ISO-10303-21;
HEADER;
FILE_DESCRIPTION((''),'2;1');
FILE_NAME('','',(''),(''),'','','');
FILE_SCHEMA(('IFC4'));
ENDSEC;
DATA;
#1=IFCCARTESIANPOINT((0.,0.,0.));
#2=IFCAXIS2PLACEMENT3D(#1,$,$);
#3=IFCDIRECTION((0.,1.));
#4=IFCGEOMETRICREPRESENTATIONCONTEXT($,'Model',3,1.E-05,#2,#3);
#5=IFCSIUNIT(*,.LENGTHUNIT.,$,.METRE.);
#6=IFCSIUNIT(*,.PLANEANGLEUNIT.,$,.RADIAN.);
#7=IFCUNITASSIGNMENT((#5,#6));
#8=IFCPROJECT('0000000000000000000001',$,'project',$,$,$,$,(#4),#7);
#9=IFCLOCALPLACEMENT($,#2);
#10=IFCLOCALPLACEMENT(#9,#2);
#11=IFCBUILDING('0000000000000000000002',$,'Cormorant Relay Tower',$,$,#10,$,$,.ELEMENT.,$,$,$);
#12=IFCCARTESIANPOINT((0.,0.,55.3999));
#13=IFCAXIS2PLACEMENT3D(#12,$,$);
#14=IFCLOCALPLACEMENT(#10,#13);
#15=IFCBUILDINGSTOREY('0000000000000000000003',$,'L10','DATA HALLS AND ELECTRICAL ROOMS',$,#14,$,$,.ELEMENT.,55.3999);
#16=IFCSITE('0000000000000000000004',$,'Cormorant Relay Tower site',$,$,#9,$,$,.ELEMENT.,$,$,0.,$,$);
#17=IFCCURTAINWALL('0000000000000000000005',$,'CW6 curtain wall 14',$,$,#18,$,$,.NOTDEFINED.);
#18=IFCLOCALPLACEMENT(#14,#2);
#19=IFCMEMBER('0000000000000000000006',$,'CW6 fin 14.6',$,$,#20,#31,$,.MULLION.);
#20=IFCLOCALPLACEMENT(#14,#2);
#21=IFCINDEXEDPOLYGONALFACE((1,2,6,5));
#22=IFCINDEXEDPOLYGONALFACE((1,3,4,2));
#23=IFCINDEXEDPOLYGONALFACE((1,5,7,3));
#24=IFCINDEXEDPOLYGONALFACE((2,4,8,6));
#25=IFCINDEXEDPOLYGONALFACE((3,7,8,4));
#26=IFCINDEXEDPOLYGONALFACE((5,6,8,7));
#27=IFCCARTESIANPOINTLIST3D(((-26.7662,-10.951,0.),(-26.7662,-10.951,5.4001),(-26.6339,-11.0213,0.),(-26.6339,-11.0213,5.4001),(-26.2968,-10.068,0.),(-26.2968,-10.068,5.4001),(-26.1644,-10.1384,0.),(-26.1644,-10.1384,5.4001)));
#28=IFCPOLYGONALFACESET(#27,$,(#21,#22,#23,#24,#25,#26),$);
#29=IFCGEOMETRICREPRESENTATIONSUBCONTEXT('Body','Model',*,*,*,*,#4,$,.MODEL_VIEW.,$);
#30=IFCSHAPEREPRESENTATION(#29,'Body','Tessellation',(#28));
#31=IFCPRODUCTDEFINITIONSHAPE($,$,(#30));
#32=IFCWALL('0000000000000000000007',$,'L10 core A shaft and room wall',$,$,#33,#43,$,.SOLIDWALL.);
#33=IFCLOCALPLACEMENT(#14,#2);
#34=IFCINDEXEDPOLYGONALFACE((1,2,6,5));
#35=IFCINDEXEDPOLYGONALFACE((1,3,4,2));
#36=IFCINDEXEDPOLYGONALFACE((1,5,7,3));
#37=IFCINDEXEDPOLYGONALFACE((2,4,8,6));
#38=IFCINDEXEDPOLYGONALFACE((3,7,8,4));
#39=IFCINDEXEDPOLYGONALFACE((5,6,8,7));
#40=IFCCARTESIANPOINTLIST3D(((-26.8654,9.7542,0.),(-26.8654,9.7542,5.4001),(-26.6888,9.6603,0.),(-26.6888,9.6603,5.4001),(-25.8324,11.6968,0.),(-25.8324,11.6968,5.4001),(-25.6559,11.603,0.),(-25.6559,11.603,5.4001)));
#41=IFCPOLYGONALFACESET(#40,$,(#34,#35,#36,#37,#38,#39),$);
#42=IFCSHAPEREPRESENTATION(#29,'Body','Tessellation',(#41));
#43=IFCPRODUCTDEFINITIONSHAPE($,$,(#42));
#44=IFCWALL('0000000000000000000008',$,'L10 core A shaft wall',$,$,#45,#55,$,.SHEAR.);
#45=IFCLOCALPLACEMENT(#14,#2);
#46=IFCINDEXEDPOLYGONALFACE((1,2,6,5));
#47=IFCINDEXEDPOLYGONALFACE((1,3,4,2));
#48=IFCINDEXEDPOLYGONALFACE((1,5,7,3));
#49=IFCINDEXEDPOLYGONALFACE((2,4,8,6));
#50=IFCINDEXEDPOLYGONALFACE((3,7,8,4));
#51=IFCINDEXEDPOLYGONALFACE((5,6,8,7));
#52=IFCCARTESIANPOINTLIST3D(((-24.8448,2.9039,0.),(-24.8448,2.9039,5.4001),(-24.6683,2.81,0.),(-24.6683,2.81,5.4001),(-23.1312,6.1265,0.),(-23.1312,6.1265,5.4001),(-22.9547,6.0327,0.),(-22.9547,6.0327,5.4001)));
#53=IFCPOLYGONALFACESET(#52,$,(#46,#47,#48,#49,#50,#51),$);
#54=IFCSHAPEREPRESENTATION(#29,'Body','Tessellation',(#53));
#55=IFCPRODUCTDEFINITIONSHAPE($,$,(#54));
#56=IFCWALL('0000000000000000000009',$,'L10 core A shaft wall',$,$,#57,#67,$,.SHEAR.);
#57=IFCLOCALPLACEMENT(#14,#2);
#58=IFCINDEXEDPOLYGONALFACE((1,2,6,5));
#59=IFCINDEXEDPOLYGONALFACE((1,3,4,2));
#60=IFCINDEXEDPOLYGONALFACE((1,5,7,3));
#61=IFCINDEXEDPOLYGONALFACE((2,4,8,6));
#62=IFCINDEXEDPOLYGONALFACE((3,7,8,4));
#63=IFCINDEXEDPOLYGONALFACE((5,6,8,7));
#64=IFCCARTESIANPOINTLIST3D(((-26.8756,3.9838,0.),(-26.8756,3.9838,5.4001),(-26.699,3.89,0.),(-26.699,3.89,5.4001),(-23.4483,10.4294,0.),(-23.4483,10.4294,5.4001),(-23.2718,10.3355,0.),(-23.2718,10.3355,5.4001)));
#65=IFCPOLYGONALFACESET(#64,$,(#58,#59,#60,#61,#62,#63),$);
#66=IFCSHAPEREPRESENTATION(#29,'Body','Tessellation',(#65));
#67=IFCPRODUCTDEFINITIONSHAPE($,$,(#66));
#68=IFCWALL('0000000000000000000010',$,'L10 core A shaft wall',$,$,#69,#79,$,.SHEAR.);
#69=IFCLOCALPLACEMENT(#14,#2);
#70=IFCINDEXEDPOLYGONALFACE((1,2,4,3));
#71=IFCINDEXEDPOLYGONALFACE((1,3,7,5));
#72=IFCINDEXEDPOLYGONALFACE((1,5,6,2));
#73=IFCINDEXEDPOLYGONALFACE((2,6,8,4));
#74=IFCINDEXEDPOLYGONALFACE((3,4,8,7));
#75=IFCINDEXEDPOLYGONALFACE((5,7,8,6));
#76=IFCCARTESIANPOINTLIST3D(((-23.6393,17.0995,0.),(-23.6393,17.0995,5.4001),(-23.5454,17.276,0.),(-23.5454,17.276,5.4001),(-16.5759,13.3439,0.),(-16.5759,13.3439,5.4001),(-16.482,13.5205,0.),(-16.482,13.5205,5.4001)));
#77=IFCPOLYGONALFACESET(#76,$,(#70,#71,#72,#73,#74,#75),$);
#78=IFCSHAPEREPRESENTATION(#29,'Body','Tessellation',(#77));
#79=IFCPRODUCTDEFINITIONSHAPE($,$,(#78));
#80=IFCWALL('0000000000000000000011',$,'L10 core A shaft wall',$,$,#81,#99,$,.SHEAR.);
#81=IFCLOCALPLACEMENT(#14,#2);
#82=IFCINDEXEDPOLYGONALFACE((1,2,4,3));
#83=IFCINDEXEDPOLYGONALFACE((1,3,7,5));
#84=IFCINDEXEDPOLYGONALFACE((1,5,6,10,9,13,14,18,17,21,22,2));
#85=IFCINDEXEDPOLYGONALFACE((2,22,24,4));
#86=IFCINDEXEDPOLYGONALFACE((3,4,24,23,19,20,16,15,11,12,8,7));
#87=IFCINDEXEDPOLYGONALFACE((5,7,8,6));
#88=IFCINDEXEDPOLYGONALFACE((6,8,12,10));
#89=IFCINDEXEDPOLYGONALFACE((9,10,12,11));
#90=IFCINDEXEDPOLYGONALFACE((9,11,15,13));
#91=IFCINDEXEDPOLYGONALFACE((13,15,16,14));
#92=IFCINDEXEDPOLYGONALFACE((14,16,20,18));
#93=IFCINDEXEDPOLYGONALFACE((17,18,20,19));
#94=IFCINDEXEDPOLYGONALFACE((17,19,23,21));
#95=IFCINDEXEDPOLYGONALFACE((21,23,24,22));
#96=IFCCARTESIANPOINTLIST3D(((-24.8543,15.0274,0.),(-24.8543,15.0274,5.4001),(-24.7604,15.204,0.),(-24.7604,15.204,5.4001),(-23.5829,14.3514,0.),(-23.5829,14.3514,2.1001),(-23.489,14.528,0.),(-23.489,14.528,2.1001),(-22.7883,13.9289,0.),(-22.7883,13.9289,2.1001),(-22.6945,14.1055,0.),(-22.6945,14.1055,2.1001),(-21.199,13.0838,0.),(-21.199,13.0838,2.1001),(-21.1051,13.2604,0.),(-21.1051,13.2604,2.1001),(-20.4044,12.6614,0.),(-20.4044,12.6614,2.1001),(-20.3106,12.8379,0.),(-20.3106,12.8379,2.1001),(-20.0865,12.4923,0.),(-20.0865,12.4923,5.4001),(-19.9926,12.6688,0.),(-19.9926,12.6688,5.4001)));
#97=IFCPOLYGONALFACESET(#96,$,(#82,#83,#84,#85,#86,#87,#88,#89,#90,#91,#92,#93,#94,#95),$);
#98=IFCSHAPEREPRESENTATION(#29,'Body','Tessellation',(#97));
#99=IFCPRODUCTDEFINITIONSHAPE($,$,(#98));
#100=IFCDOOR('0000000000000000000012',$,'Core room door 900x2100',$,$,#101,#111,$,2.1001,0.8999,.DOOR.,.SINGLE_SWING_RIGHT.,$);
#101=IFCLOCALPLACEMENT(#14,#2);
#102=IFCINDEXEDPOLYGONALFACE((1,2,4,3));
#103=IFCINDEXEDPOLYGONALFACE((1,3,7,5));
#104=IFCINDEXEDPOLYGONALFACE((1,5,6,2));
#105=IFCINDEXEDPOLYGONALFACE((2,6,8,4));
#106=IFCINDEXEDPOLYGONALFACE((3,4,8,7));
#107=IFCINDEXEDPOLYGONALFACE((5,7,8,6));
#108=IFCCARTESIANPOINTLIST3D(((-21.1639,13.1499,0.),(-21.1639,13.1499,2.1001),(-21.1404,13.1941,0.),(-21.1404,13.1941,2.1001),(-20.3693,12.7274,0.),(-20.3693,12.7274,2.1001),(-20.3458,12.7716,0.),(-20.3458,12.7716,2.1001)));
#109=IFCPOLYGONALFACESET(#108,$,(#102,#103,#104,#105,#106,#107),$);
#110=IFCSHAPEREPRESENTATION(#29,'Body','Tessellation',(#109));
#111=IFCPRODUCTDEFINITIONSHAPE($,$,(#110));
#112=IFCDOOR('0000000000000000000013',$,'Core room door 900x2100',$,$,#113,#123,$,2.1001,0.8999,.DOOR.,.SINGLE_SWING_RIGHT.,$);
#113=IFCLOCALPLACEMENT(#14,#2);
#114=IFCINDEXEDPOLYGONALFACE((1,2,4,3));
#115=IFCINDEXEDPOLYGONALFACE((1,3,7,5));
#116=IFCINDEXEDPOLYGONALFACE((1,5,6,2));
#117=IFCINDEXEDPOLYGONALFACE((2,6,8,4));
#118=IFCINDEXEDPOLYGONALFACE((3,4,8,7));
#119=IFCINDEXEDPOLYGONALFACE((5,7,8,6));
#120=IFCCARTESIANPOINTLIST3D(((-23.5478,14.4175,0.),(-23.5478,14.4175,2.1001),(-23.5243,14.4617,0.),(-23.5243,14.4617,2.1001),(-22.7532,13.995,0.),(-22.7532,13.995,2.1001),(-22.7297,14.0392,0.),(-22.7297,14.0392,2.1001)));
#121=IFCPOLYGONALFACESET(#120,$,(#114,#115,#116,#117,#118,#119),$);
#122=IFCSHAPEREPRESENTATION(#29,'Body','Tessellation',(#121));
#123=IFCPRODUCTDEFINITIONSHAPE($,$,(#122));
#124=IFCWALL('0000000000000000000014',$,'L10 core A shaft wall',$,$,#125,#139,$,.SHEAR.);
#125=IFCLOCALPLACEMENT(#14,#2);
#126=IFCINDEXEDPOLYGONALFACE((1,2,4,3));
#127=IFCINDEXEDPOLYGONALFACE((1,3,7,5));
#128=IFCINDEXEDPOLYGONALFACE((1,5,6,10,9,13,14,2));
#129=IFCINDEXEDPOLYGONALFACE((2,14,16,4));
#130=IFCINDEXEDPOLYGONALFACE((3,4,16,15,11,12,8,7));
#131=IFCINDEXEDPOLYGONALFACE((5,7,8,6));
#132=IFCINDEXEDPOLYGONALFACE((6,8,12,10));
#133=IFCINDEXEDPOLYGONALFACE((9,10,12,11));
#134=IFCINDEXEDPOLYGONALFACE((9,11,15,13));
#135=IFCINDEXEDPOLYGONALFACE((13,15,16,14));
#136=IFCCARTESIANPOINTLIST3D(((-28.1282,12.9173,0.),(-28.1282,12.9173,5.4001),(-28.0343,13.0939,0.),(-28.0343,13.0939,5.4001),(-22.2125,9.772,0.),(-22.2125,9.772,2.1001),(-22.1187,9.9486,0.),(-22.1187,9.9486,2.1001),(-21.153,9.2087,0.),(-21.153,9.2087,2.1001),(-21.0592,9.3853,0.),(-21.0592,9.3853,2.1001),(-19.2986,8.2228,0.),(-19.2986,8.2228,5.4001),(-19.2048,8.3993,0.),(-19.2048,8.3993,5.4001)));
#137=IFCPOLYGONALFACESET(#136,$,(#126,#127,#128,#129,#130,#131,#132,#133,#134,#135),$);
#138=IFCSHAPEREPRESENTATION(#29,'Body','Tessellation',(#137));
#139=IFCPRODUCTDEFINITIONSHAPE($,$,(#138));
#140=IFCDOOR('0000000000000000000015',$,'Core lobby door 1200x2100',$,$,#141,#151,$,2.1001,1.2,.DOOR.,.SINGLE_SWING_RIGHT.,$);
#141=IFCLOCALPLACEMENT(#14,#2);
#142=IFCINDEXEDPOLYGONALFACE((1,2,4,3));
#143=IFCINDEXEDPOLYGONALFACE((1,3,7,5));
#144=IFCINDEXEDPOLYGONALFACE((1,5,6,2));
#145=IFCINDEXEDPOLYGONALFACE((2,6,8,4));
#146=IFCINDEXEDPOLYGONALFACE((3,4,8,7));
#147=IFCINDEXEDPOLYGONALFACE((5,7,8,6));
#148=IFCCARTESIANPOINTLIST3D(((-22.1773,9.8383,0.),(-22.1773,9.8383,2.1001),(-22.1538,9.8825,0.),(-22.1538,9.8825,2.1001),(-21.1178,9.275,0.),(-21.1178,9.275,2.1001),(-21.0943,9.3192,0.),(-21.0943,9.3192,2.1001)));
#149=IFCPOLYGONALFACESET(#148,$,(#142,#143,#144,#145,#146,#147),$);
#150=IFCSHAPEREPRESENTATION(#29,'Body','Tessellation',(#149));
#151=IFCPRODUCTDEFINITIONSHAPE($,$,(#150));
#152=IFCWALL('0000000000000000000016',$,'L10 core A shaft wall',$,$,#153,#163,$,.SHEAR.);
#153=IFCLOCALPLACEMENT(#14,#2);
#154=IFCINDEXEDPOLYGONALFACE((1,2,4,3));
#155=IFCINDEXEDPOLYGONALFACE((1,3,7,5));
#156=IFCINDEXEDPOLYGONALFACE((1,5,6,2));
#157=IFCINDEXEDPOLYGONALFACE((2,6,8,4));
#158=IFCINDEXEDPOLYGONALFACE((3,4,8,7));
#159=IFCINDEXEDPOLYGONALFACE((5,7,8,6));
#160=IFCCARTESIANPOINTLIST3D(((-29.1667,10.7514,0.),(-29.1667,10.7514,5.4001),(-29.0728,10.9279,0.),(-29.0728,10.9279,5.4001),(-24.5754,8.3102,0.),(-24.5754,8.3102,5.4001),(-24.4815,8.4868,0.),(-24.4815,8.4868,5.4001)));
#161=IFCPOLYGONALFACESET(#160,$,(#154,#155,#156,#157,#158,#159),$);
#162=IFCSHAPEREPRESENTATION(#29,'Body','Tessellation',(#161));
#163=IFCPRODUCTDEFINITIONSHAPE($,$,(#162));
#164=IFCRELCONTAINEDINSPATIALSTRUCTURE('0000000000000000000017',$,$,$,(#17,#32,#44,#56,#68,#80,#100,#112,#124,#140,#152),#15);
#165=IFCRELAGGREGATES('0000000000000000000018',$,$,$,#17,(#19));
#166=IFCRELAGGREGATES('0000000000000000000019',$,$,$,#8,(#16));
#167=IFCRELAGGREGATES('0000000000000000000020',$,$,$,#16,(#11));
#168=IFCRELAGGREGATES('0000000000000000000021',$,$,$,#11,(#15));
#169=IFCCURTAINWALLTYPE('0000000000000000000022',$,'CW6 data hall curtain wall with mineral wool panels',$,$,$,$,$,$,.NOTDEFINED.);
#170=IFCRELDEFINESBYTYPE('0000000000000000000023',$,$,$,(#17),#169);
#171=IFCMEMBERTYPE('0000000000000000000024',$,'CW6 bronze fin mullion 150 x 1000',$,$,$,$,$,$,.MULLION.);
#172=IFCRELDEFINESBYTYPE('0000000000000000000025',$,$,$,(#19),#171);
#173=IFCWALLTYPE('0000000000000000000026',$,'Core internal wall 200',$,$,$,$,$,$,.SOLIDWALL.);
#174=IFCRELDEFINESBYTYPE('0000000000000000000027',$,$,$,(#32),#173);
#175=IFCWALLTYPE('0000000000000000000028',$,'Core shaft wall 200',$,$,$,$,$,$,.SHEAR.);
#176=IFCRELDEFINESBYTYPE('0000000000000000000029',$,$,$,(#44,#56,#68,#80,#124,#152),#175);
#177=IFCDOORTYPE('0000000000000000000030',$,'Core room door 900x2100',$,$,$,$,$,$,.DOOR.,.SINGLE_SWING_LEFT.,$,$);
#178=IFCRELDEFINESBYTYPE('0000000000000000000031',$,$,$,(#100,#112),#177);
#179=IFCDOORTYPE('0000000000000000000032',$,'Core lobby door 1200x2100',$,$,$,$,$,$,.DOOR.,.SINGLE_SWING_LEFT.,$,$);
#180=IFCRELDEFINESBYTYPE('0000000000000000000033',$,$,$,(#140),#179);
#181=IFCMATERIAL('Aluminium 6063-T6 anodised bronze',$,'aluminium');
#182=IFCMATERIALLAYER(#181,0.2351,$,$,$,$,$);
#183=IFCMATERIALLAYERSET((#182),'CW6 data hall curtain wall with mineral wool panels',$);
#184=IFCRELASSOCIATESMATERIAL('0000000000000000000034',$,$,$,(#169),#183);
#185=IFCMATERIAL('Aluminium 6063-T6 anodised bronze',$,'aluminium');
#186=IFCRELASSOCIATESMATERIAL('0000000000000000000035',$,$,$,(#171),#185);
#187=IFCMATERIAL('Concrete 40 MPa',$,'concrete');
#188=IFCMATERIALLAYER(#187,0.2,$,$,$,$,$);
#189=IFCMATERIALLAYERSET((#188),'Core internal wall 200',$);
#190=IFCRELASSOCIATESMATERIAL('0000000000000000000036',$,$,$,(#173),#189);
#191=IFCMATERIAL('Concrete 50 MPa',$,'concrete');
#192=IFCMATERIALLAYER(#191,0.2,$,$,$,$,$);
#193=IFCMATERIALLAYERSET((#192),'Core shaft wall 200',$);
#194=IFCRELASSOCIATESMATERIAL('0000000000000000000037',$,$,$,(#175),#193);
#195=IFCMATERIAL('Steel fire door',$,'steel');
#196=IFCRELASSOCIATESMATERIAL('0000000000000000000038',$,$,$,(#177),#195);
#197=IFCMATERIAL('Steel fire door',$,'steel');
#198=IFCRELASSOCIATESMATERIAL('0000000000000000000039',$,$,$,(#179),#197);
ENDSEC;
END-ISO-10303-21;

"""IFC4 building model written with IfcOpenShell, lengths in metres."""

from ifc_helpers import new_model, si_unit, direction, frame, frame_2d, origin, origin_2d, place, context, subcontext, project, spatial, rectangle, extrude, material, layer, layer_set, material_profile, profile_set, type_object, element, fill, aggregate, save


model = new_model("IFC4")

# Units and contexts
model_context = context("Model", 3, precision=1e-05, world=origin(), true_north=direction((0.0, 1.0)))
body_context = subcontext(model_context, "Body", "Model", "MODEL_VIEW")
ifc_project = project(units=[si_unit("LENGTHUNIT", "METRE"), si_unit("PLANEANGLEUNIT", "RADIAN")], contexts=[model_context])

# Site, building, storey
site_placement = place(None, origin())
site = spatial("IfcSite", under=ifc_project, at=site_placement, Name="Cormorant Relay Tower site", CompositionType="ELEMENT", RefElevation=0.0)
building_placement = place(site_placement, origin())
building = spatial("IfcBuilding", under=site, at=building_placement, Name="Cormorant Relay Tower", CompositionType="ELEMENT")
storey_placement = place(building_placement, frame((0.0, 0.0, 55.3999)))
storey = spatial("IfcBuildingStorey", under=building, at=storey_placement, Name="L10", Description="DATA HALLS AND ELECTRICAL ROOMS", CompositionType="ELEMENT", Elevation=55.3999)

# Curtain wall, member
ifc_material_1 = material(Name="Aluminium 6063-T6 anodised bronze", Category="aluminium")
ifc_layer_1 = layer(ifc_material_1, 0.2351)
ifc_layer_set_1 = layer_set([ifc_layer_1], Name="CW6 data hall curtain wall with mineral wool panels")
curtain_wall_type = type_object("IfcCurtainWallType", Name="CW6 data hall curtain wall with mineral wool panels", PredefinedType="NOTDEFINED", material=ifc_layer_set_1)
curtain_wall_placement = place(storey_placement, origin())
curtain_wall = element("IfcCurtainWall", 1, at=curtain_wall_placement, inside=storey, type_object=curtain_wall_type, Name="CW6 curtain wall 14", PredefinedType="NOTDEFINED")
ifc_material_2 = material(Name="Aluminium 6063-T6 anodised bronze", Category="aluminium")
ifc_material_profile = material_profile(ifc_material_2, rectangle(XDim=0.1499, YDim=1.0, at=origin_2d()), Name="AL 150x1000")
ifc_profile_set = profile_set([ifc_material_profile], Name="Aluminium 6063-T6 anodised bronze")
member_type = type_object("IfcMemberType", Name="CW6 bronze fin mullion 150 x 1000", PredefinedType="MULLION", material=ifc_profile_set)
member_placement = place(storey_placement, frame((-26.4653, -10.5447, 0.0), z_axis=(0.0, 0.0, 1.0), x_axis=(0.882948, -0.469472, 0.0)))
member = element("IfcMember", 2, at=member_placement, type_object=member_type, Name="CW6 fin 14.6", PredefinedType="MULLION", context=body_context, shape_type="SweptSolid", body=[
    extrude(rectangle(XDim=0.1499, YDim=1.0, at=origin_2d()), origin(), (0.0, 0.0, 1.0), 5.4001),
])

# Walls
ifc_material_3 = material(Name="Concrete 40 MPa", Category="concrete")
ifc_layer_2 = layer(ifc_material_3, 0.2)
ifc_layer_set_2 = layer_set([ifc_layer_2], Name="Core internal wall 200")
wall_type_1 = type_object("IfcWallType", Name="Core internal wall 200", PredefinedType="SOLIDWALL", material=ifc_layer_set_2)
wall_1_placement = place(storey_placement, frame((-25.7441, 11.6499, 0.0), z_axis=(0.0, 0.0, 1.0), x_axis=(-0.469488, -0.882939, 0.0)))
element("IfcWall", 3, at=wall_1_placement, inside=storey, type_object=wall_type_1, Name="L10 core A shaft and room wall", PredefinedType="SOLIDWALL", context=body_context, shape_type="SweptSolid", body=[
    extrude(rectangle(XDim=2.2002, YDim=0.2, at=frame_2d((1.1001, 0.0))), origin(), (0.0, 0.0, 1.0), 5.4001),
])
ifc_material_4 = material(Name="Concrete 50 MPa", Category="concrete")
ifc_layer_3 = layer(ifc_material_4, 0.2)
ifc_layer_set_3 = layer_set([ifc_layer_3], Name="Core shaft wall 200")
wall_type_2 = type_object("IfcWallType", Name="Core shaft wall 200", PredefinedType="SHEAR", material=ifc_layer_set_3)
wall_2_placement = place(storey_placement, frame((-23.043, 6.0796, 0.0), z_axis=(0.0, 0.0, 1.0), x_axis=(-0.469494, -0.882936, 0.0)))
element("IfcWall", 4, at=wall_2_placement, inside=storey, type_object=wall_type_2, Name="L10 core A shaft wall", PredefinedType="SHEAR", context=body_context, shape_type="SweptSolid", body=[
    extrude(rectangle(XDim=3.6499, YDim=0.2, at=frame_2d((1.825, 0.0))), origin(), (0.0, 0.0, 1.0), 5.4001),
])
wall_3_placement = place(storey_placement, frame((-23.3601, 10.3823, 0.0), z_axis=(0.0, 0.0, 1.0), x_axis=(-0.46948, -0.882943, 0.0)))
element("IfcWall", 5, at=wall_3_placement, inside=storey, type_object=wall_type_2, Name="L10 core A shaft wall", PredefinedType="SHEAR", context=body_context, shape_type="SweptSolid", body=[
    extrude(rectangle(XDim=7.3, YDim=0.2, at=frame_2d((3.6499, 0.0))), origin(), (0.0, 0.0, 1.0), 5.4001),
])
wall_4_placement = place(storey_placement, frame((-16.5288, 13.4321, 0.0), z_axis=(0.0, 0.0, 1.0), x_axis=(-0.882953, 0.469462, 0.0)))
element("IfcWall", 6, at=wall_4_placement, inside=storey, type_object=wall_type_2, Name="L10 core A shaft wall", PredefinedType="SHEAR", context=body_context, shape_type="SweptSolid", body=[
    extrude(rectangle(XDim=7.9998, YDim=0.2, at=frame_2d((4.0, 0.0))), origin(), (0.0, 0.0, 1.0), 5.4001),
])

# Wall, openings, doors
wall_5_placement = place(storey_placement, frame((-20.0396, 12.5806, 0.0), z_axis=(0.0, 0.0, 1.0), x_axis=(-0.882943, 0.46948, 0.0)))
wall_5 = element("IfcWall", 7, at=wall_5_placement, inside=storey, type_object=wall_type_2, Name="L10 core A shaft wall", PredefinedType="SHEAR", context=body_context, shape_type="SweptSolid", body=[
    extrude(rectangle(XDim=5.3999, YDim=0.2, at=frame_2d((2.7, 0.0))), origin(), (0.0, 0.0, 1.0), 5.4001),
])
opening_1_placement = place(wall_5_placement, frame((0.3601, 0.0, 0.0)))
opening_1 = element("IfcOpeningElement", 8, at=opening_1_placement, cuts=wall_5, PredefinedType="OPENING", context=body_context, shape_type="SweptSolid", body=[
    extrude(rectangle(XDim=0.8999, YDim=2.1001, at=frame_2d((0.45, 1.05))), frame((0.0, 0.1099, 0.0), z_axis=(0.0, -1.0, 0.0), x_axis=(1.0, 0.0, 0.0)), (0.0, 0.0, 1.0), 0.22),
])
opening_2_placement = place(wall_5_placement, frame((3.0601, 0.0, 0.0)))
opening_2 = element("IfcOpeningElement", 9, at=opening_2_placement, cuts=wall_5, PredefinedType="OPENING", context=body_context, shape_type="SweptSolid", body=[
    extrude(rectangle(XDim=0.8999, YDim=2.1001, at=frame_2d((0.45, 1.05))), frame((0.0, 0.1099, 0.0), z_axis=(0.0, -1.0, 0.0), x_axis=(1.0, 0.0, 0.0)), (0.0, 0.0, 1.0), 0.22),
])
ifc_material_5 = material(Name="Steel fire door", Category="steel")
door_type_1 = type_object("IfcDoorType", Name="Core room door 900x2100", OperationType="SINGLE_SWING_LEFT", PredefinedType="DOOR", material=ifc_material_5)
door_1_placement = place(opening_1_placement, frame((0.8999, 0.0, 0.0), z_axis=(0.0, 0.0, 1.0), x_axis=(-1.0, 0.0, 0.0)))
door_1 = element("IfcDoor", 10, at=door_1_placement, inside=storey, type_object=door_type_1, Name="Core room door 900x2100", OperationType="SINGLE_SWING_RIGHT", OverallHeight=2.1001, OverallWidth=0.8999, PredefinedType="DOOR", context=body_context, shape_type="SweptSolid", body=[
    extrude(rectangle(XDim=0.8999, YDim=2.1001, at=frame_2d((0.45, 1.05))), frame((0.0, 0.0249, 0.0), z_axis=(0.0, -1.0, 0.0), x_axis=(1.0, 0.0, 0.0)), (0.0, 0.0, 1.0), 0.05),
])
fill(opening_1, door_1)
door_2_placement = place(opening_2_placement, frame((0.8999, 0.0, 0.0), z_axis=(0.0, 0.0, 1.0), x_axis=(-1.0, 0.0, 0.0)))
door_2 = element("IfcDoor", 11, at=door_2_placement, inside=storey, type_object=door_type_1, Name="Core room door 900x2100", OperationType="SINGLE_SWING_RIGHT", OverallHeight=2.1001, OverallWidth=0.8999, PredefinedType="DOOR", context=body_context, shape_type="SweptSolid", body=[
    extrude(rectangle(XDim=0.8999, YDim=2.1001, at=frame_2d((0.45, 1.05))), frame((0.0, 0.0249, 0.0), z_axis=(0.0, -1.0, 0.0), x_axis=(1.0, 0.0, 0.0)), (0.0, 0.0, 1.0), 0.05),
])
fill(opening_2, door_2)

# Wall, opening, door
wall_6_placement = place(storey_placement, frame((-19.2517, 8.311, 0.0), z_axis=(0.0, 0.0, 1.0), x_axis=(-0.882956, 0.469456, 0.0)))
wall_6 = element("IfcWall", 12, at=wall_6_placement, inside=storey, type_object=wall_type_2, Name="L10 core A shaft wall", PredefinedType="SHEAR", context=body_context, shape_type="SweptSolid", body=[
    extrude(rectangle(XDim=10.0, YDim=0.2, at=frame_2d((5.0, 0.0))), origin(), (0.0, 0.0, 1.0), 5.4001),
])
opening_3_placement = place(wall_6_placement, frame((2.1001, 0.0, 0.0)))
opening_3 = element("IfcOpeningElement", 13, at=opening_3_placement, cuts=wall_6, PredefinedType="OPENING", context=body_context, shape_type="SweptSolid", body=[
    extrude(rectangle(XDim=1.2, YDim=2.1001, at=frame_2d((0.6001, 1.05))), frame((0.0, 0.1099, 0.0), z_axis=(0.0, -1.0, 0.0), x_axis=(1.0, 0.0, 0.0)), (0.0, 0.0, 1.0), 0.22),
])
ifc_material_6 = material(Name="Steel fire door", Category="steel")
door_type_2 = type_object("IfcDoorType", Name="Core lobby door 1200x2100", OperationType="SINGLE_SWING_LEFT", PredefinedType="DOOR", material=ifc_material_6)
door_3_placement = place(opening_3_placement, origin())
door_3 = element("IfcDoor", 14, at=door_3_placement, inside=storey, type_object=door_type_2, Name="Core lobby door 1200x2100", OperationType="SINGLE_SWING_RIGHT", OverallHeight=2.1001, OverallWidth=1.2, PredefinedType="DOOR", context=body_context, shape_type="SweptSolid", body=[
    extrude(rectangle(XDim=1.2, YDim=2.1001, at=frame_2d((0.6001, 1.05))), frame((0.0, 0.0249, 0.0), z_axis=(0.0, -1.0, 0.0), x_axis=(1.0, 0.0, 0.0)), (0.0, 0.0, 1.0), 0.05),
])
fill(opening_3, door_3)

# Wall
wall_7_placement = place(storey_placement, frame((-24.5283, 8.3984, 0.0), z_axis=(0.0, 0.0, 1.0), x_axis=(-0.882954, 0.46946, 0.0)))
element("IfcWall", 15, at=wall_7_placement, inside=storey, type_object=wall_type_2, Name="L10 core A shaft wall", PredefinedType="SHEAR", context=body_context, shape_type="SweptSolid", body=[
    extrude(rectangle(XDim=5.2, YDim=0.2, at=frame_2d((2.6001, 0.0))), origin(), (0.0, 0.0, 1.0), 5.4001),
])

aggregate(curtain_wall, [member])

save(model, "model.ifc")
